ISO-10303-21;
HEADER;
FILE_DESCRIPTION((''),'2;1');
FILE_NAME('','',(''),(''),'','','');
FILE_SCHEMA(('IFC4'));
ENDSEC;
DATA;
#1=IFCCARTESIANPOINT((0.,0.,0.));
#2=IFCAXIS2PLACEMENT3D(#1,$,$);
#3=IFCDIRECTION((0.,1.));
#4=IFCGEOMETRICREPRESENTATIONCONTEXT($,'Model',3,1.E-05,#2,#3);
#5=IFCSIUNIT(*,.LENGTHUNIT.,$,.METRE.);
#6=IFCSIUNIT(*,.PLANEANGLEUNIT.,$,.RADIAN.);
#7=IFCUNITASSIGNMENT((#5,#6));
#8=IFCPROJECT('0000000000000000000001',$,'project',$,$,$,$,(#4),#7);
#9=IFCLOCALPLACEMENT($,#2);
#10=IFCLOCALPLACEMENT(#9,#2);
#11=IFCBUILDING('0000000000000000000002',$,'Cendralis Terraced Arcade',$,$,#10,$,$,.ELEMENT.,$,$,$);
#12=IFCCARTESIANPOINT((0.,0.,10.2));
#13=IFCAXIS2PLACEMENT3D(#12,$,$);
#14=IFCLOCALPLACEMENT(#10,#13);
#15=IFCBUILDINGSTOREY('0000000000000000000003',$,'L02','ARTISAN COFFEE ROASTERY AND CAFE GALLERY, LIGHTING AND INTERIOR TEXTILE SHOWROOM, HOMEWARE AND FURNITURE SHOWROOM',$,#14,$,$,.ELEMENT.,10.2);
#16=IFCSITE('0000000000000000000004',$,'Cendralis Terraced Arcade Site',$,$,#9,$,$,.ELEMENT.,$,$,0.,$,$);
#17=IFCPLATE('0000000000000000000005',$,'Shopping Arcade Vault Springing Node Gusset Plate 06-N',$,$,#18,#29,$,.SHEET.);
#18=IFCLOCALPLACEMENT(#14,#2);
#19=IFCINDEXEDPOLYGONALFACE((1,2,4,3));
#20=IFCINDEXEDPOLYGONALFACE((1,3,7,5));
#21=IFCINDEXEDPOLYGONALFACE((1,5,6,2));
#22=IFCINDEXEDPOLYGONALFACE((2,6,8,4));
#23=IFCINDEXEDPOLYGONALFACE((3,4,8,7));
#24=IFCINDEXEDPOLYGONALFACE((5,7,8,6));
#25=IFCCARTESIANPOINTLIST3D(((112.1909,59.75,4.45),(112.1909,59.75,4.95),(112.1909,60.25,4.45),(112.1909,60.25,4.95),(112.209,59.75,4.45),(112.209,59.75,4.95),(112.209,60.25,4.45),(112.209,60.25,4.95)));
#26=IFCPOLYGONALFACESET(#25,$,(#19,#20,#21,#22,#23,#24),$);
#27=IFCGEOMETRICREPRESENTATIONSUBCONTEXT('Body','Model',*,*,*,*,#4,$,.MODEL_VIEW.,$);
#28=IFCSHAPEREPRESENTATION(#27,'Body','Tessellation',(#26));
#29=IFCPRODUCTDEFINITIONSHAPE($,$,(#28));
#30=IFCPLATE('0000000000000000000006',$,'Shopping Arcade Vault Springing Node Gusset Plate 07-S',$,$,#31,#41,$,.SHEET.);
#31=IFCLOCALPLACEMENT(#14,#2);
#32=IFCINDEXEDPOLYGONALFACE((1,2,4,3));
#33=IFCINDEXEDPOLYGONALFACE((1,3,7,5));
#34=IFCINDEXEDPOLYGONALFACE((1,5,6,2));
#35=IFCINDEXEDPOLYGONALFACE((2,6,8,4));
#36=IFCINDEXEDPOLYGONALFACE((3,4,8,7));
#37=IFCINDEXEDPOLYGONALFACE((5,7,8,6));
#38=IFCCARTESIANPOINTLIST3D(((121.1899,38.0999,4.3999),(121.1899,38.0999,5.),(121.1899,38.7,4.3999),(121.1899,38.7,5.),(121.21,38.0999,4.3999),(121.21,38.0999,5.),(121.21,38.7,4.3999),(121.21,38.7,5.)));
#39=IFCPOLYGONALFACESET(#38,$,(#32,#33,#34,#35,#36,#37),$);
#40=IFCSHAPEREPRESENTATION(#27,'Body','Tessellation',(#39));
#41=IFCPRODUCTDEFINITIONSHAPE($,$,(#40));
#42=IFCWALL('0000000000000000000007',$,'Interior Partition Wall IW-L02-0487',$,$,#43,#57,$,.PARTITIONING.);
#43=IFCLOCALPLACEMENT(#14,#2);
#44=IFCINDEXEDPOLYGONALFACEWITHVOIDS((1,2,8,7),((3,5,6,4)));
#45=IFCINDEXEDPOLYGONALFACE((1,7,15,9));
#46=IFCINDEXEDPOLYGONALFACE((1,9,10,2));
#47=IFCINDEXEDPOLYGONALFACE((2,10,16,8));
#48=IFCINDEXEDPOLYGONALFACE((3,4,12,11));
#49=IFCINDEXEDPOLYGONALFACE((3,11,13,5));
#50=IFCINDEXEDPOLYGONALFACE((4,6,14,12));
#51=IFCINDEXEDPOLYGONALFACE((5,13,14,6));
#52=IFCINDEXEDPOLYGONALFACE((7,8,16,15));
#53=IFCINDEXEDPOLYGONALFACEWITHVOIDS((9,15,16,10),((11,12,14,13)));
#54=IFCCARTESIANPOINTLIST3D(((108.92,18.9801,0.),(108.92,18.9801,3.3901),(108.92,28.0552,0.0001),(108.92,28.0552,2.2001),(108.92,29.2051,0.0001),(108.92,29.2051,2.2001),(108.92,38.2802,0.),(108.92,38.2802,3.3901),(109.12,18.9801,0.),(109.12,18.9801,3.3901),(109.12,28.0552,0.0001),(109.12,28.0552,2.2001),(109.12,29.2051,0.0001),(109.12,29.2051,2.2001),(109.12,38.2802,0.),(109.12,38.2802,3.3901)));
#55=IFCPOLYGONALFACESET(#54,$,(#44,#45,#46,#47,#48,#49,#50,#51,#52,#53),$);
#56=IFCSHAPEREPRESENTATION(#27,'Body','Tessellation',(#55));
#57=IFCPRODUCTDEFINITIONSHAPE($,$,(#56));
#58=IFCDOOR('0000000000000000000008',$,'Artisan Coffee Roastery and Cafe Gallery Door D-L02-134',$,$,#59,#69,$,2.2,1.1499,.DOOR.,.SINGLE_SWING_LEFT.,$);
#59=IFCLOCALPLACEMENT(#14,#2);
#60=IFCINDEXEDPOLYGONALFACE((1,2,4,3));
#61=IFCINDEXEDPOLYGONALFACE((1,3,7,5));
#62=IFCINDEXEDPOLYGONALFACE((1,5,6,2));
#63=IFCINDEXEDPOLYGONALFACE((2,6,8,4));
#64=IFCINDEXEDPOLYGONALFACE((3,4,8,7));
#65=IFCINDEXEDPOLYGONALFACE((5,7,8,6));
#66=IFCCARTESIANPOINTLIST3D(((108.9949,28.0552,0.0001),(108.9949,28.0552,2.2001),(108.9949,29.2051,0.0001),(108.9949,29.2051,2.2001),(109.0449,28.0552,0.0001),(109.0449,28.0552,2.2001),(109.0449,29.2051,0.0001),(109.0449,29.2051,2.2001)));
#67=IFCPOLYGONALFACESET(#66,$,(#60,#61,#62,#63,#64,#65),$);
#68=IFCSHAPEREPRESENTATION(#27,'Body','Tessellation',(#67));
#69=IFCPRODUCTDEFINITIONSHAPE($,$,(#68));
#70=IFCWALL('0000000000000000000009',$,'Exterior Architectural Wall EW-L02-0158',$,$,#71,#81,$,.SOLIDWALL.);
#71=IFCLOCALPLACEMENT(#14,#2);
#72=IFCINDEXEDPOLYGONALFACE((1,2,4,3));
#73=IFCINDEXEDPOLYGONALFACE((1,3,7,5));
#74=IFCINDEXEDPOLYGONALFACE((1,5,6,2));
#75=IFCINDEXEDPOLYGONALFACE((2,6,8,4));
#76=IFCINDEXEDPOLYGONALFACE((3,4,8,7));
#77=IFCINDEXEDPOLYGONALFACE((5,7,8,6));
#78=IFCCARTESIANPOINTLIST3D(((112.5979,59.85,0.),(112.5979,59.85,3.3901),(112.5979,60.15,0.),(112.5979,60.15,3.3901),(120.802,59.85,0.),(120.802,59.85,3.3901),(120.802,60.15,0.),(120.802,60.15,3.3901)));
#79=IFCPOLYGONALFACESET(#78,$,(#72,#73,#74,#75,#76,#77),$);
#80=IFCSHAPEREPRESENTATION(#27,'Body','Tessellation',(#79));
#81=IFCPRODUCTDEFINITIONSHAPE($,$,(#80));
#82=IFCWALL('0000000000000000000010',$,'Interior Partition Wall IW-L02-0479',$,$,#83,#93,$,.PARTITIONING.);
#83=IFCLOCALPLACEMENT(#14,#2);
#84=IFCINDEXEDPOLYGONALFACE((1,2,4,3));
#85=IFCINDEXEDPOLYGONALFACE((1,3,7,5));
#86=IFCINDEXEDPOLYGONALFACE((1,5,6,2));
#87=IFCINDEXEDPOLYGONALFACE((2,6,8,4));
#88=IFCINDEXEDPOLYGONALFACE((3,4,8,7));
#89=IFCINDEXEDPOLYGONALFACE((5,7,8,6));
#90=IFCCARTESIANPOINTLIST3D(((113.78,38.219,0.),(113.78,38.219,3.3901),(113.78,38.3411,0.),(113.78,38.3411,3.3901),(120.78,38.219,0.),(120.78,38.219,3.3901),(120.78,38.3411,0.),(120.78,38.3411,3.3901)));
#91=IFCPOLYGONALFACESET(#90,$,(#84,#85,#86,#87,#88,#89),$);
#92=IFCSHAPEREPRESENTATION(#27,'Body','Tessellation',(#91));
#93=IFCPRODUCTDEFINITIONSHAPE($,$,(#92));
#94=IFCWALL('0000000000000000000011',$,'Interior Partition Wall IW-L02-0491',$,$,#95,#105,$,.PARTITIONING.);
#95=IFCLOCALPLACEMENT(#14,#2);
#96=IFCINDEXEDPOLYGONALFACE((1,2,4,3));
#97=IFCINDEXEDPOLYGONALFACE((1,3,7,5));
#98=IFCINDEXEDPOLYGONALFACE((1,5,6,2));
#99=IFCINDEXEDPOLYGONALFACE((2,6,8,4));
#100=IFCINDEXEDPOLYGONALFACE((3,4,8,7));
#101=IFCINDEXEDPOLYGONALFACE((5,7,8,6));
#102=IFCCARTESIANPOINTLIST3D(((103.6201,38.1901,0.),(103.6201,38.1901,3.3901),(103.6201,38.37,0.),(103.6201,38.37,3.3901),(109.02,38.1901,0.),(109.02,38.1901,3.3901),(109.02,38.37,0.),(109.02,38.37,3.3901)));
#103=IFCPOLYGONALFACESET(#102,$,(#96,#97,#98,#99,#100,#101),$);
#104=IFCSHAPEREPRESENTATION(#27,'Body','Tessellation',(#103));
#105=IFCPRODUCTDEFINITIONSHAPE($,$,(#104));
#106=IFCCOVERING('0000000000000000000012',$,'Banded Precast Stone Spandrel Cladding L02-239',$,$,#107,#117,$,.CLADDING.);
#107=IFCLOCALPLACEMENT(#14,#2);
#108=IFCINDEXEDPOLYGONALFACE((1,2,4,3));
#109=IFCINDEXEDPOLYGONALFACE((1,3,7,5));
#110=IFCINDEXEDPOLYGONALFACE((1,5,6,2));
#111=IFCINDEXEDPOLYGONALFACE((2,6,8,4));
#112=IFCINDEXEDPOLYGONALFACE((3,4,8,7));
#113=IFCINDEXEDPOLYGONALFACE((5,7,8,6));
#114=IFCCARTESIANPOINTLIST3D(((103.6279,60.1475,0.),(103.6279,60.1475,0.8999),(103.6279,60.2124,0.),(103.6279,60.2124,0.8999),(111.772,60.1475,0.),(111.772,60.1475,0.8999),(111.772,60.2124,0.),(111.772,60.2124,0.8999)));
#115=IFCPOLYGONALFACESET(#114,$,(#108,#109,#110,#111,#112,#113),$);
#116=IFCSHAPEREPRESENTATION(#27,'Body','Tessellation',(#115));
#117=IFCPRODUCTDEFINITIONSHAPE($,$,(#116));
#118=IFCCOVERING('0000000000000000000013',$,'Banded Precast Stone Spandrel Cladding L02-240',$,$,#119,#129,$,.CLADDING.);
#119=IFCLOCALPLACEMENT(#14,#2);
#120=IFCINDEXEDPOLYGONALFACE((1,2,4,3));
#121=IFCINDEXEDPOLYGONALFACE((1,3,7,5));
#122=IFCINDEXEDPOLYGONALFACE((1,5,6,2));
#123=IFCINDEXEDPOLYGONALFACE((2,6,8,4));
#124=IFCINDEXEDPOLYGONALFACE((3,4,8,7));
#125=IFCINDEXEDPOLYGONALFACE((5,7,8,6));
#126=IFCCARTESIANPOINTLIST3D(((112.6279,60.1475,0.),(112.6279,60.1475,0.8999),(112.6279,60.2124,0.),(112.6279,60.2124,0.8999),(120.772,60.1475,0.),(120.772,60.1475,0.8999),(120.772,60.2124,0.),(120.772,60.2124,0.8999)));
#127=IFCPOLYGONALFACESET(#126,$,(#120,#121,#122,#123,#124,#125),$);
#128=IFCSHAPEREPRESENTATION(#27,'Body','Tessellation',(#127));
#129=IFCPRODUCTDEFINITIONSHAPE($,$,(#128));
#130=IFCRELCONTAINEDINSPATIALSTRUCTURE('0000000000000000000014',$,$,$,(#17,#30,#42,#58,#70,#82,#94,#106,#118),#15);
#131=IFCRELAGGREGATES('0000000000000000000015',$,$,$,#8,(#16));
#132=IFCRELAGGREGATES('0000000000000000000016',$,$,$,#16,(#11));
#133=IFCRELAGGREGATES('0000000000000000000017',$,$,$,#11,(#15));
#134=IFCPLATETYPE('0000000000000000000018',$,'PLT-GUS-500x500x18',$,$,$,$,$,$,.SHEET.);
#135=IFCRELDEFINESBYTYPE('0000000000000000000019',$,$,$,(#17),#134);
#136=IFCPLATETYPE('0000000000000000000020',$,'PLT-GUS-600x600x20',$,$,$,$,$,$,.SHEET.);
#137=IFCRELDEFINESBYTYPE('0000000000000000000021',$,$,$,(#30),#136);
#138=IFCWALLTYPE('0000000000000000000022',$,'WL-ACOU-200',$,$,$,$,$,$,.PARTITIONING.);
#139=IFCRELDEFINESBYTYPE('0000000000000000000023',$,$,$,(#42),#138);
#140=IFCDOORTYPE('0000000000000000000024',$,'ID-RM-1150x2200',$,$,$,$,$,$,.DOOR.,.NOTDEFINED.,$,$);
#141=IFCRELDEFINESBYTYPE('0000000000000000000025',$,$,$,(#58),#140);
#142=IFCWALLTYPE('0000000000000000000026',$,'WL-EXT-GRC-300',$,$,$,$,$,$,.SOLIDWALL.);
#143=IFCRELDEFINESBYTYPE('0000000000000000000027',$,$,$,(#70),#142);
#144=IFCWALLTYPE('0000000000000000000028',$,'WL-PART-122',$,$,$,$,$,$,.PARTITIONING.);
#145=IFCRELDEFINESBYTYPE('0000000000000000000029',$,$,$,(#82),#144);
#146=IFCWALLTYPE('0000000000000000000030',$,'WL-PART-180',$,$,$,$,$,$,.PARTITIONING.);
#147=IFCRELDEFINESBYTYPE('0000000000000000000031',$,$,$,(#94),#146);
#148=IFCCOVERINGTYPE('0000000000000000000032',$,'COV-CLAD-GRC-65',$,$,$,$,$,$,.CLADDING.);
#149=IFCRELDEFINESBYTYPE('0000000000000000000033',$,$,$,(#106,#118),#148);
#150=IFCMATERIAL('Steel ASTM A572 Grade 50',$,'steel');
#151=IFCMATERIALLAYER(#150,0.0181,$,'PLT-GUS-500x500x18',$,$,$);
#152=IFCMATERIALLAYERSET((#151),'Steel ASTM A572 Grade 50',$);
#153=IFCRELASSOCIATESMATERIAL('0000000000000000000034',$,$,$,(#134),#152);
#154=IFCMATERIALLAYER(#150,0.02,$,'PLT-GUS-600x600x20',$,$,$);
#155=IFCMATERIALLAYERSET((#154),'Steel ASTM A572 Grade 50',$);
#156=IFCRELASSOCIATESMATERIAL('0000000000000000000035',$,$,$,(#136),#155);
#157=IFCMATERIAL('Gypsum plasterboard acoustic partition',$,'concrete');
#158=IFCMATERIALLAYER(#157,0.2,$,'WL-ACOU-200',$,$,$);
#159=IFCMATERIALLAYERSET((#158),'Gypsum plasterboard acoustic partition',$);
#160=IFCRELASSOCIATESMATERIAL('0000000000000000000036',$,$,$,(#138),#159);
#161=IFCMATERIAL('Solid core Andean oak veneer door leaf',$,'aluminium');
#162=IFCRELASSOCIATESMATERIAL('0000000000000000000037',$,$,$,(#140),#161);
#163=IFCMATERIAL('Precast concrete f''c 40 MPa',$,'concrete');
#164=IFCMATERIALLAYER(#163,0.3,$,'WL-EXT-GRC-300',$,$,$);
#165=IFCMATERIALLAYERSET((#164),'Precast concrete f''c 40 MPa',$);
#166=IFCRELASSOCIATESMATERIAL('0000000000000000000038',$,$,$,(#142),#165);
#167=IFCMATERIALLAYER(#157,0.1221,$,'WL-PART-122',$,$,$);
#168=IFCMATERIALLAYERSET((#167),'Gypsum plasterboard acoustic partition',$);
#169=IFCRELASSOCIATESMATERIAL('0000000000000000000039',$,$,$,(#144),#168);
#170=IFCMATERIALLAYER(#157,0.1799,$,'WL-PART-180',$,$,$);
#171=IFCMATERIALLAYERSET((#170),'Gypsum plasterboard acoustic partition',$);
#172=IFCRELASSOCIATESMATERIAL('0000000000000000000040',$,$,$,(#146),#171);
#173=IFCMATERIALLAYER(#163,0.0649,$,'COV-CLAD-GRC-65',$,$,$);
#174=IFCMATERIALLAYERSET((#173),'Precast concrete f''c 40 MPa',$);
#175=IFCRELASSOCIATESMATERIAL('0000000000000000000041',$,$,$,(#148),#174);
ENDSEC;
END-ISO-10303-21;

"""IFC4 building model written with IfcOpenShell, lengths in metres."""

from ifc_helpers import new_model, si_unit, direction, frame, frame_2d, origin, origin_2d, place, context, subcontext, project, spatial, rectangle, extrude, material, layer, layer_set, type_object, element, fill, save


model = new_model("IFC4")

# Units and contexts
model_context = context("Model", 3, precision=1e-05, world=origin(), true_north=direction((0.0, 1.0)))
body_context = subcontext(model_context, "Body", "Model", "MODEL_VIEW")
ifc_project = project(units=[si_unit("LENGTHUNIT", "METRE"), si_unit("PLANEANGLEUNIT", "RADIAN")], contexts=[model_context])

# Site, building, storey
site_placement = place(None, origin())
site = spatial("IfcSite", under=ifc_project, at=site_placement, Name="Cendralis Terraced Arcade Site", CompositionType="ELEMENT", RefElevation=0.0)
building_placement = place(site_placement, origin())
building = spatial("IfcBuilding", under=site, at=building_placement, Name="Cendralis Terraced Arcade", CompositionType="ELEMENT")
storey_placement = place(building_placement, frame((0.0, 0.0, 10.2)))
storey = spatial("IfcBuildingStorey", under=building, at=storey_placement, Name="L02", Description="ARTISAN COFFEE ROASTERY AND CAFE GALLERY, LIGHTING AND INTERIOR TEXTILE SHOWROOM, HOMEWARE AND FURNITURE SHOWROOM", CompositionType="ELEMENT", Elevation=10.2)

# Plates
ifc_material_1 = material(Name="Steel ASTM A572 Grade 50", Category="steel")
ifc_layer_1 = layer(ifc_material_1, 0.0181, Name="PLT-GUS-500x500x18")
ifc_layer_set_1 = layer_set([ifc_layer_1], Name="Steel ASTM A572 Grade 50")
plate_type_1 = type_object("IfcPlateType", Name="PLT-GUS-500x500x18", PredefinedType="SHEET", material=ifc_layer_set_1)
for number, where, z_axis, x_axis, name in (
    (1, (112.2, 60.0, 4.45), (0.0, 0.0, 1.0), (0.0, 1.0, 0.0), "Shopping Arcade Vault Springing Node Gusset Plate 06-N"),
):
    element("IfcPlate", number, at=place(storey_placement, frame(where, z_axis=z_axis, x_axis=x_axis)), inside=storey, type_object=plate_type_1, Name=name, PredefinedType="SHEET", context=body_context, shape_type="SweptSolid", body=[
        extrude(rectangle(XDim=0.5, YDim=0.0181, at=origin_2d()), origin(), (0.0, 0.0, 1.0), 0.5),
    ])
ifc_layer_2 = layer(ifc_material_1, 0.02, Name="PLT-GUS-600x600x20")
ifc_layer_set_2 = layer_set([ifc_layer_2], Name="Steel ASTM A572 Grade 50")
plate_type_2 = type_object("IfcPlateType", Name="PLT-GUS-600x600x20", PredefinedType="SHEET", material=ifc_layer_set_2)
plate_placement = place(storey_placement, frame((121.2, 38.3999, 4.3999), z_axis=(0.0, 0.0, 1.0), x_axis=(0.0, 1.0, 0.0)))
element("IfcPlate", 2, at=plate_placement, inside=storey, type_object=plate_type_2, Name="Shopping Arcade Vault Springing Node Gusset Plate 07-S", PredefinedType="SHEET", context=body_context, shape_type="SweptSolid", body=[
    extrude(rectangle(XDim=0.6001, YDim=0.02, at=origin_2d()), origin(), (0.0, 0.0, 1.0), 0.6001),
])

# Wall, opening, door
ifc_material_2 = material(Name="Gypsum plasterboard acoustic partition", Category="concrete")
ifc_layer_3 = layer(ifc_material_2, 0.2, Name="WL-ACOU-200")
ifc_layer_set_3 = layer_set([ifc_layer_3], Name="Gypsum plasterboard acoustic partition")
wall_type_1 = type_object("IfcWallType", Name="WL-ACOU-200", PredefinedType="PARTITIONING", material=ifc_layer_set_3)
wall_1_placement = place(storey_placement, frame((109.02, 38.28, 0.0), z_axis=(0.0, 0.0, 1.0), x_axis=(0.0, -1.0, 0.0)))
wall_1 = element("IfcWall", 3, at=wall_1_placement, inside=storey, type_object=wall_type_1, Name="Interior Partition Wall IW-L02-0487", PredefinedType="PARTITIONING", context=body_context, shape_type="SweptSolid", body=[
    extrude(rectangle(XDim=19.3, YDim=0.2, at=frame_2d((9.6499, 0.0))), origin(), (0.0, 0.0, 1.0), 3.3901),
])
opening_placement = place(wall_1_placement, frame((9.075, 0.0, 0.0)))
opening = element("IfcOpeningElement", 4, at=opening_placement, cuts=wall_1, PredefinedType="OPENING", context=body_context, shape_type="SweptSolid", body=[
    extrude(rectangle(XDim=1.1499, YDim=2.2, at=frame_2d((0.575, 1.1001))), frame((0.0, 0.1118, 0.0), z_axis=(0.0, -1.0, 0.0), x_axis=(1.0, 0.0, 0.0)), (0.0, 0.0, 1.0), 0.2239),
])
ifc_material_3 = material(Name="Solid core Andean oak veneer door leaf", Category="aluminium")
door_type = type_object("IfcDoorType", Name="ID-RM-1150x2200", OperationType="NOTDEFINED", PredefinedType="DOOR", material=ifc_material_3)
door_placement = place(opening_placement, origin())
door = element("IfcDoor", 5, at=door_placement, inside=storey, type_object=door_type, Name="Artisan Coffee Roastery and Cafe Gallery Door D-L02-134", OperationType="SINGLE_SWING_LEFT", OverallHeight=2.2, OverallWidth=1.1499, PredefinedType="DOOR", context=body_context, shape_type="SweptSolid", body=[
    extrude(rectangle(XDim=1.1499, YDim=2.2, at=frame_2d((0.575, 1.1001))), frame((0.0, 0.0249, 0.0), z_axis=(0.0, -1.0, 0.0), x_axis=(1.0, 0.0, 0.0)), (0.0, 0.0, 1.0), 0.05),
])
fill(opening, door)

# Walls
ifc_material_4 = material(Name="Precast concrete f'c 40 MPa", Category="concrete")
ifc_layer_4 = layer(ifc_material_4, 0.3, Name="WL-EXT-GRC-300")
ifc_layer_set_4 = layer_set([ifc_layer_4], Name="Precast concrete f'c 40 MPa")
wall_type_2 = type_object("IfcWallType", Name="WL-EXT-GRC-300", PredefinedType="SOLIDWALL", material=ifc_layer_set_4)
wall_2_placement = place(storey_placement, frame((112.5979, 60.0, 0.0), z_axis=(0.0, 0.0, 1.0), x_axis=(1.0, 0.0, 0.0)))
element("IfcWall", 6, at=wall_2_placement, inside=storey, type_object=wall_type_2, Name="Exterior Architectural Wall EW-L02-0158", PredefinedType="SOLIDWALL", context=body_context, shape_type="SweptSolid", body=[
    extrude(rectangle(XDim=8.2041, YDim=0.3, at=frame_2d((4.1021, 0.0))), origin(), (0.0, 0.0, 1.0), 3.3901),
])
ifc_layer_5 = layer(ifc_material_2, 0.1221, Name="WL-PART-122")
ifc_layer_set_5 = layer_set([ifc_layer_5], Name="Gypsum plasterboard acoustic partition")
wall_type_3 = type_object("IfcWallType", Name="WL-PART-122", PredefinedType="PARTITIONING", material=ifc_layer_set_5)
wall_3_placement = place(storey_placement, frame((113.78, 38.28, 0.0), z_axis=(0.0, 0.0, 1.0), x_axis=(1.0, 0.0, 0.0)))
element("IfcWall", 7, at=wall_3_placement, inside=storey, type_object=wall_type_3, Name="Interior Partition Wall IW-L02-0479", PredefinedType="PARTITIONING", context=body_context, shape_type="SweptSolid", body=[
    extrude(rectangle(XDim=7.0, YDim=0.1221, at=frame_2d((3.5, 0.0))), origin(), (0.0, 0.0, 1.0), 3.3901),
])
ifc_layer_6 = layer(ifc_material_2, 0.1799, Name="WL-PART-180")
ifc_layer_set_6 = layer_set([ifc_layer_6], Name="Gypsum plasterboard acoustic partition")
wall_type_4 = type_object("IfcWallType", Name="WL-PART-180", PredefinedType="PARTITIONING", material=ifc_layer_set_6)
wall_4_placement = place(storey_placement, frame((103.6201, 38.28, 0.0), z_axis=(0.0, 0.0, 1.0), x_axis=(1.0, 0.0, 0.0)))
element("IfcWall", 8, at=wall_4_placement, inside=storey, type_object=wall_type_4, Name="Interior Partition Wall IW-L02-0491", PredefinedType="PARTITIONING", context=body_context, shape_type="SweptSolid", body=[
    extrude(rectangle(XDim=5.3999, YDim=0.1799, at=frame_2d((2.7, 0.0))), origin(), (0.0, 0.0, 1.0), 3.3901),
])

# Coverings
ifc_layer_7 = layer(ifc_material_4, 0.0649, Name="COV-CLAD-GRC-65")
ifc_layer_set_7 = layer_set([ifc_layer_7], Name="Precast concrete f'c 40 MPa")
covering_type = type_object("IfcCoveringType", Name="COV-CLAD-GRC-65", PredefinedType="CLADDING", material=ifc_layer_set_7)
for number, where, z_axis, x_axis, name in (
    (9, (107.7, 60.1799, 0.0), (0.0, 0.0, 1.0), (1.0, 0.0, 0.0), "Banded Precast Stone Spandrel Cladding L02-239"),
    (10, (116.7, 60.1799, 0.0), (0.0, 0.0, 1.0), (1.0, 0.0, 0.0), "Banded Precast Stone Spandrel Cladding L02-240"),
):
    element("IfcCovering", number, at=place(storey_placement, frame(where, z_axis=z_axis, x_axis=x_axis)), inside=storey, type_object=covering_type, Name=name, PredefinedType="CLADDING", context=body_context, shape_type="SweptSolid", body=[
        extrude(rectangle(XDim=8.144, YDim=0.0649, at=origin_2d()), origin(), (0.0, 0.0, 1.0), 0.8999),
    ])

save(model, "model.ifc")
